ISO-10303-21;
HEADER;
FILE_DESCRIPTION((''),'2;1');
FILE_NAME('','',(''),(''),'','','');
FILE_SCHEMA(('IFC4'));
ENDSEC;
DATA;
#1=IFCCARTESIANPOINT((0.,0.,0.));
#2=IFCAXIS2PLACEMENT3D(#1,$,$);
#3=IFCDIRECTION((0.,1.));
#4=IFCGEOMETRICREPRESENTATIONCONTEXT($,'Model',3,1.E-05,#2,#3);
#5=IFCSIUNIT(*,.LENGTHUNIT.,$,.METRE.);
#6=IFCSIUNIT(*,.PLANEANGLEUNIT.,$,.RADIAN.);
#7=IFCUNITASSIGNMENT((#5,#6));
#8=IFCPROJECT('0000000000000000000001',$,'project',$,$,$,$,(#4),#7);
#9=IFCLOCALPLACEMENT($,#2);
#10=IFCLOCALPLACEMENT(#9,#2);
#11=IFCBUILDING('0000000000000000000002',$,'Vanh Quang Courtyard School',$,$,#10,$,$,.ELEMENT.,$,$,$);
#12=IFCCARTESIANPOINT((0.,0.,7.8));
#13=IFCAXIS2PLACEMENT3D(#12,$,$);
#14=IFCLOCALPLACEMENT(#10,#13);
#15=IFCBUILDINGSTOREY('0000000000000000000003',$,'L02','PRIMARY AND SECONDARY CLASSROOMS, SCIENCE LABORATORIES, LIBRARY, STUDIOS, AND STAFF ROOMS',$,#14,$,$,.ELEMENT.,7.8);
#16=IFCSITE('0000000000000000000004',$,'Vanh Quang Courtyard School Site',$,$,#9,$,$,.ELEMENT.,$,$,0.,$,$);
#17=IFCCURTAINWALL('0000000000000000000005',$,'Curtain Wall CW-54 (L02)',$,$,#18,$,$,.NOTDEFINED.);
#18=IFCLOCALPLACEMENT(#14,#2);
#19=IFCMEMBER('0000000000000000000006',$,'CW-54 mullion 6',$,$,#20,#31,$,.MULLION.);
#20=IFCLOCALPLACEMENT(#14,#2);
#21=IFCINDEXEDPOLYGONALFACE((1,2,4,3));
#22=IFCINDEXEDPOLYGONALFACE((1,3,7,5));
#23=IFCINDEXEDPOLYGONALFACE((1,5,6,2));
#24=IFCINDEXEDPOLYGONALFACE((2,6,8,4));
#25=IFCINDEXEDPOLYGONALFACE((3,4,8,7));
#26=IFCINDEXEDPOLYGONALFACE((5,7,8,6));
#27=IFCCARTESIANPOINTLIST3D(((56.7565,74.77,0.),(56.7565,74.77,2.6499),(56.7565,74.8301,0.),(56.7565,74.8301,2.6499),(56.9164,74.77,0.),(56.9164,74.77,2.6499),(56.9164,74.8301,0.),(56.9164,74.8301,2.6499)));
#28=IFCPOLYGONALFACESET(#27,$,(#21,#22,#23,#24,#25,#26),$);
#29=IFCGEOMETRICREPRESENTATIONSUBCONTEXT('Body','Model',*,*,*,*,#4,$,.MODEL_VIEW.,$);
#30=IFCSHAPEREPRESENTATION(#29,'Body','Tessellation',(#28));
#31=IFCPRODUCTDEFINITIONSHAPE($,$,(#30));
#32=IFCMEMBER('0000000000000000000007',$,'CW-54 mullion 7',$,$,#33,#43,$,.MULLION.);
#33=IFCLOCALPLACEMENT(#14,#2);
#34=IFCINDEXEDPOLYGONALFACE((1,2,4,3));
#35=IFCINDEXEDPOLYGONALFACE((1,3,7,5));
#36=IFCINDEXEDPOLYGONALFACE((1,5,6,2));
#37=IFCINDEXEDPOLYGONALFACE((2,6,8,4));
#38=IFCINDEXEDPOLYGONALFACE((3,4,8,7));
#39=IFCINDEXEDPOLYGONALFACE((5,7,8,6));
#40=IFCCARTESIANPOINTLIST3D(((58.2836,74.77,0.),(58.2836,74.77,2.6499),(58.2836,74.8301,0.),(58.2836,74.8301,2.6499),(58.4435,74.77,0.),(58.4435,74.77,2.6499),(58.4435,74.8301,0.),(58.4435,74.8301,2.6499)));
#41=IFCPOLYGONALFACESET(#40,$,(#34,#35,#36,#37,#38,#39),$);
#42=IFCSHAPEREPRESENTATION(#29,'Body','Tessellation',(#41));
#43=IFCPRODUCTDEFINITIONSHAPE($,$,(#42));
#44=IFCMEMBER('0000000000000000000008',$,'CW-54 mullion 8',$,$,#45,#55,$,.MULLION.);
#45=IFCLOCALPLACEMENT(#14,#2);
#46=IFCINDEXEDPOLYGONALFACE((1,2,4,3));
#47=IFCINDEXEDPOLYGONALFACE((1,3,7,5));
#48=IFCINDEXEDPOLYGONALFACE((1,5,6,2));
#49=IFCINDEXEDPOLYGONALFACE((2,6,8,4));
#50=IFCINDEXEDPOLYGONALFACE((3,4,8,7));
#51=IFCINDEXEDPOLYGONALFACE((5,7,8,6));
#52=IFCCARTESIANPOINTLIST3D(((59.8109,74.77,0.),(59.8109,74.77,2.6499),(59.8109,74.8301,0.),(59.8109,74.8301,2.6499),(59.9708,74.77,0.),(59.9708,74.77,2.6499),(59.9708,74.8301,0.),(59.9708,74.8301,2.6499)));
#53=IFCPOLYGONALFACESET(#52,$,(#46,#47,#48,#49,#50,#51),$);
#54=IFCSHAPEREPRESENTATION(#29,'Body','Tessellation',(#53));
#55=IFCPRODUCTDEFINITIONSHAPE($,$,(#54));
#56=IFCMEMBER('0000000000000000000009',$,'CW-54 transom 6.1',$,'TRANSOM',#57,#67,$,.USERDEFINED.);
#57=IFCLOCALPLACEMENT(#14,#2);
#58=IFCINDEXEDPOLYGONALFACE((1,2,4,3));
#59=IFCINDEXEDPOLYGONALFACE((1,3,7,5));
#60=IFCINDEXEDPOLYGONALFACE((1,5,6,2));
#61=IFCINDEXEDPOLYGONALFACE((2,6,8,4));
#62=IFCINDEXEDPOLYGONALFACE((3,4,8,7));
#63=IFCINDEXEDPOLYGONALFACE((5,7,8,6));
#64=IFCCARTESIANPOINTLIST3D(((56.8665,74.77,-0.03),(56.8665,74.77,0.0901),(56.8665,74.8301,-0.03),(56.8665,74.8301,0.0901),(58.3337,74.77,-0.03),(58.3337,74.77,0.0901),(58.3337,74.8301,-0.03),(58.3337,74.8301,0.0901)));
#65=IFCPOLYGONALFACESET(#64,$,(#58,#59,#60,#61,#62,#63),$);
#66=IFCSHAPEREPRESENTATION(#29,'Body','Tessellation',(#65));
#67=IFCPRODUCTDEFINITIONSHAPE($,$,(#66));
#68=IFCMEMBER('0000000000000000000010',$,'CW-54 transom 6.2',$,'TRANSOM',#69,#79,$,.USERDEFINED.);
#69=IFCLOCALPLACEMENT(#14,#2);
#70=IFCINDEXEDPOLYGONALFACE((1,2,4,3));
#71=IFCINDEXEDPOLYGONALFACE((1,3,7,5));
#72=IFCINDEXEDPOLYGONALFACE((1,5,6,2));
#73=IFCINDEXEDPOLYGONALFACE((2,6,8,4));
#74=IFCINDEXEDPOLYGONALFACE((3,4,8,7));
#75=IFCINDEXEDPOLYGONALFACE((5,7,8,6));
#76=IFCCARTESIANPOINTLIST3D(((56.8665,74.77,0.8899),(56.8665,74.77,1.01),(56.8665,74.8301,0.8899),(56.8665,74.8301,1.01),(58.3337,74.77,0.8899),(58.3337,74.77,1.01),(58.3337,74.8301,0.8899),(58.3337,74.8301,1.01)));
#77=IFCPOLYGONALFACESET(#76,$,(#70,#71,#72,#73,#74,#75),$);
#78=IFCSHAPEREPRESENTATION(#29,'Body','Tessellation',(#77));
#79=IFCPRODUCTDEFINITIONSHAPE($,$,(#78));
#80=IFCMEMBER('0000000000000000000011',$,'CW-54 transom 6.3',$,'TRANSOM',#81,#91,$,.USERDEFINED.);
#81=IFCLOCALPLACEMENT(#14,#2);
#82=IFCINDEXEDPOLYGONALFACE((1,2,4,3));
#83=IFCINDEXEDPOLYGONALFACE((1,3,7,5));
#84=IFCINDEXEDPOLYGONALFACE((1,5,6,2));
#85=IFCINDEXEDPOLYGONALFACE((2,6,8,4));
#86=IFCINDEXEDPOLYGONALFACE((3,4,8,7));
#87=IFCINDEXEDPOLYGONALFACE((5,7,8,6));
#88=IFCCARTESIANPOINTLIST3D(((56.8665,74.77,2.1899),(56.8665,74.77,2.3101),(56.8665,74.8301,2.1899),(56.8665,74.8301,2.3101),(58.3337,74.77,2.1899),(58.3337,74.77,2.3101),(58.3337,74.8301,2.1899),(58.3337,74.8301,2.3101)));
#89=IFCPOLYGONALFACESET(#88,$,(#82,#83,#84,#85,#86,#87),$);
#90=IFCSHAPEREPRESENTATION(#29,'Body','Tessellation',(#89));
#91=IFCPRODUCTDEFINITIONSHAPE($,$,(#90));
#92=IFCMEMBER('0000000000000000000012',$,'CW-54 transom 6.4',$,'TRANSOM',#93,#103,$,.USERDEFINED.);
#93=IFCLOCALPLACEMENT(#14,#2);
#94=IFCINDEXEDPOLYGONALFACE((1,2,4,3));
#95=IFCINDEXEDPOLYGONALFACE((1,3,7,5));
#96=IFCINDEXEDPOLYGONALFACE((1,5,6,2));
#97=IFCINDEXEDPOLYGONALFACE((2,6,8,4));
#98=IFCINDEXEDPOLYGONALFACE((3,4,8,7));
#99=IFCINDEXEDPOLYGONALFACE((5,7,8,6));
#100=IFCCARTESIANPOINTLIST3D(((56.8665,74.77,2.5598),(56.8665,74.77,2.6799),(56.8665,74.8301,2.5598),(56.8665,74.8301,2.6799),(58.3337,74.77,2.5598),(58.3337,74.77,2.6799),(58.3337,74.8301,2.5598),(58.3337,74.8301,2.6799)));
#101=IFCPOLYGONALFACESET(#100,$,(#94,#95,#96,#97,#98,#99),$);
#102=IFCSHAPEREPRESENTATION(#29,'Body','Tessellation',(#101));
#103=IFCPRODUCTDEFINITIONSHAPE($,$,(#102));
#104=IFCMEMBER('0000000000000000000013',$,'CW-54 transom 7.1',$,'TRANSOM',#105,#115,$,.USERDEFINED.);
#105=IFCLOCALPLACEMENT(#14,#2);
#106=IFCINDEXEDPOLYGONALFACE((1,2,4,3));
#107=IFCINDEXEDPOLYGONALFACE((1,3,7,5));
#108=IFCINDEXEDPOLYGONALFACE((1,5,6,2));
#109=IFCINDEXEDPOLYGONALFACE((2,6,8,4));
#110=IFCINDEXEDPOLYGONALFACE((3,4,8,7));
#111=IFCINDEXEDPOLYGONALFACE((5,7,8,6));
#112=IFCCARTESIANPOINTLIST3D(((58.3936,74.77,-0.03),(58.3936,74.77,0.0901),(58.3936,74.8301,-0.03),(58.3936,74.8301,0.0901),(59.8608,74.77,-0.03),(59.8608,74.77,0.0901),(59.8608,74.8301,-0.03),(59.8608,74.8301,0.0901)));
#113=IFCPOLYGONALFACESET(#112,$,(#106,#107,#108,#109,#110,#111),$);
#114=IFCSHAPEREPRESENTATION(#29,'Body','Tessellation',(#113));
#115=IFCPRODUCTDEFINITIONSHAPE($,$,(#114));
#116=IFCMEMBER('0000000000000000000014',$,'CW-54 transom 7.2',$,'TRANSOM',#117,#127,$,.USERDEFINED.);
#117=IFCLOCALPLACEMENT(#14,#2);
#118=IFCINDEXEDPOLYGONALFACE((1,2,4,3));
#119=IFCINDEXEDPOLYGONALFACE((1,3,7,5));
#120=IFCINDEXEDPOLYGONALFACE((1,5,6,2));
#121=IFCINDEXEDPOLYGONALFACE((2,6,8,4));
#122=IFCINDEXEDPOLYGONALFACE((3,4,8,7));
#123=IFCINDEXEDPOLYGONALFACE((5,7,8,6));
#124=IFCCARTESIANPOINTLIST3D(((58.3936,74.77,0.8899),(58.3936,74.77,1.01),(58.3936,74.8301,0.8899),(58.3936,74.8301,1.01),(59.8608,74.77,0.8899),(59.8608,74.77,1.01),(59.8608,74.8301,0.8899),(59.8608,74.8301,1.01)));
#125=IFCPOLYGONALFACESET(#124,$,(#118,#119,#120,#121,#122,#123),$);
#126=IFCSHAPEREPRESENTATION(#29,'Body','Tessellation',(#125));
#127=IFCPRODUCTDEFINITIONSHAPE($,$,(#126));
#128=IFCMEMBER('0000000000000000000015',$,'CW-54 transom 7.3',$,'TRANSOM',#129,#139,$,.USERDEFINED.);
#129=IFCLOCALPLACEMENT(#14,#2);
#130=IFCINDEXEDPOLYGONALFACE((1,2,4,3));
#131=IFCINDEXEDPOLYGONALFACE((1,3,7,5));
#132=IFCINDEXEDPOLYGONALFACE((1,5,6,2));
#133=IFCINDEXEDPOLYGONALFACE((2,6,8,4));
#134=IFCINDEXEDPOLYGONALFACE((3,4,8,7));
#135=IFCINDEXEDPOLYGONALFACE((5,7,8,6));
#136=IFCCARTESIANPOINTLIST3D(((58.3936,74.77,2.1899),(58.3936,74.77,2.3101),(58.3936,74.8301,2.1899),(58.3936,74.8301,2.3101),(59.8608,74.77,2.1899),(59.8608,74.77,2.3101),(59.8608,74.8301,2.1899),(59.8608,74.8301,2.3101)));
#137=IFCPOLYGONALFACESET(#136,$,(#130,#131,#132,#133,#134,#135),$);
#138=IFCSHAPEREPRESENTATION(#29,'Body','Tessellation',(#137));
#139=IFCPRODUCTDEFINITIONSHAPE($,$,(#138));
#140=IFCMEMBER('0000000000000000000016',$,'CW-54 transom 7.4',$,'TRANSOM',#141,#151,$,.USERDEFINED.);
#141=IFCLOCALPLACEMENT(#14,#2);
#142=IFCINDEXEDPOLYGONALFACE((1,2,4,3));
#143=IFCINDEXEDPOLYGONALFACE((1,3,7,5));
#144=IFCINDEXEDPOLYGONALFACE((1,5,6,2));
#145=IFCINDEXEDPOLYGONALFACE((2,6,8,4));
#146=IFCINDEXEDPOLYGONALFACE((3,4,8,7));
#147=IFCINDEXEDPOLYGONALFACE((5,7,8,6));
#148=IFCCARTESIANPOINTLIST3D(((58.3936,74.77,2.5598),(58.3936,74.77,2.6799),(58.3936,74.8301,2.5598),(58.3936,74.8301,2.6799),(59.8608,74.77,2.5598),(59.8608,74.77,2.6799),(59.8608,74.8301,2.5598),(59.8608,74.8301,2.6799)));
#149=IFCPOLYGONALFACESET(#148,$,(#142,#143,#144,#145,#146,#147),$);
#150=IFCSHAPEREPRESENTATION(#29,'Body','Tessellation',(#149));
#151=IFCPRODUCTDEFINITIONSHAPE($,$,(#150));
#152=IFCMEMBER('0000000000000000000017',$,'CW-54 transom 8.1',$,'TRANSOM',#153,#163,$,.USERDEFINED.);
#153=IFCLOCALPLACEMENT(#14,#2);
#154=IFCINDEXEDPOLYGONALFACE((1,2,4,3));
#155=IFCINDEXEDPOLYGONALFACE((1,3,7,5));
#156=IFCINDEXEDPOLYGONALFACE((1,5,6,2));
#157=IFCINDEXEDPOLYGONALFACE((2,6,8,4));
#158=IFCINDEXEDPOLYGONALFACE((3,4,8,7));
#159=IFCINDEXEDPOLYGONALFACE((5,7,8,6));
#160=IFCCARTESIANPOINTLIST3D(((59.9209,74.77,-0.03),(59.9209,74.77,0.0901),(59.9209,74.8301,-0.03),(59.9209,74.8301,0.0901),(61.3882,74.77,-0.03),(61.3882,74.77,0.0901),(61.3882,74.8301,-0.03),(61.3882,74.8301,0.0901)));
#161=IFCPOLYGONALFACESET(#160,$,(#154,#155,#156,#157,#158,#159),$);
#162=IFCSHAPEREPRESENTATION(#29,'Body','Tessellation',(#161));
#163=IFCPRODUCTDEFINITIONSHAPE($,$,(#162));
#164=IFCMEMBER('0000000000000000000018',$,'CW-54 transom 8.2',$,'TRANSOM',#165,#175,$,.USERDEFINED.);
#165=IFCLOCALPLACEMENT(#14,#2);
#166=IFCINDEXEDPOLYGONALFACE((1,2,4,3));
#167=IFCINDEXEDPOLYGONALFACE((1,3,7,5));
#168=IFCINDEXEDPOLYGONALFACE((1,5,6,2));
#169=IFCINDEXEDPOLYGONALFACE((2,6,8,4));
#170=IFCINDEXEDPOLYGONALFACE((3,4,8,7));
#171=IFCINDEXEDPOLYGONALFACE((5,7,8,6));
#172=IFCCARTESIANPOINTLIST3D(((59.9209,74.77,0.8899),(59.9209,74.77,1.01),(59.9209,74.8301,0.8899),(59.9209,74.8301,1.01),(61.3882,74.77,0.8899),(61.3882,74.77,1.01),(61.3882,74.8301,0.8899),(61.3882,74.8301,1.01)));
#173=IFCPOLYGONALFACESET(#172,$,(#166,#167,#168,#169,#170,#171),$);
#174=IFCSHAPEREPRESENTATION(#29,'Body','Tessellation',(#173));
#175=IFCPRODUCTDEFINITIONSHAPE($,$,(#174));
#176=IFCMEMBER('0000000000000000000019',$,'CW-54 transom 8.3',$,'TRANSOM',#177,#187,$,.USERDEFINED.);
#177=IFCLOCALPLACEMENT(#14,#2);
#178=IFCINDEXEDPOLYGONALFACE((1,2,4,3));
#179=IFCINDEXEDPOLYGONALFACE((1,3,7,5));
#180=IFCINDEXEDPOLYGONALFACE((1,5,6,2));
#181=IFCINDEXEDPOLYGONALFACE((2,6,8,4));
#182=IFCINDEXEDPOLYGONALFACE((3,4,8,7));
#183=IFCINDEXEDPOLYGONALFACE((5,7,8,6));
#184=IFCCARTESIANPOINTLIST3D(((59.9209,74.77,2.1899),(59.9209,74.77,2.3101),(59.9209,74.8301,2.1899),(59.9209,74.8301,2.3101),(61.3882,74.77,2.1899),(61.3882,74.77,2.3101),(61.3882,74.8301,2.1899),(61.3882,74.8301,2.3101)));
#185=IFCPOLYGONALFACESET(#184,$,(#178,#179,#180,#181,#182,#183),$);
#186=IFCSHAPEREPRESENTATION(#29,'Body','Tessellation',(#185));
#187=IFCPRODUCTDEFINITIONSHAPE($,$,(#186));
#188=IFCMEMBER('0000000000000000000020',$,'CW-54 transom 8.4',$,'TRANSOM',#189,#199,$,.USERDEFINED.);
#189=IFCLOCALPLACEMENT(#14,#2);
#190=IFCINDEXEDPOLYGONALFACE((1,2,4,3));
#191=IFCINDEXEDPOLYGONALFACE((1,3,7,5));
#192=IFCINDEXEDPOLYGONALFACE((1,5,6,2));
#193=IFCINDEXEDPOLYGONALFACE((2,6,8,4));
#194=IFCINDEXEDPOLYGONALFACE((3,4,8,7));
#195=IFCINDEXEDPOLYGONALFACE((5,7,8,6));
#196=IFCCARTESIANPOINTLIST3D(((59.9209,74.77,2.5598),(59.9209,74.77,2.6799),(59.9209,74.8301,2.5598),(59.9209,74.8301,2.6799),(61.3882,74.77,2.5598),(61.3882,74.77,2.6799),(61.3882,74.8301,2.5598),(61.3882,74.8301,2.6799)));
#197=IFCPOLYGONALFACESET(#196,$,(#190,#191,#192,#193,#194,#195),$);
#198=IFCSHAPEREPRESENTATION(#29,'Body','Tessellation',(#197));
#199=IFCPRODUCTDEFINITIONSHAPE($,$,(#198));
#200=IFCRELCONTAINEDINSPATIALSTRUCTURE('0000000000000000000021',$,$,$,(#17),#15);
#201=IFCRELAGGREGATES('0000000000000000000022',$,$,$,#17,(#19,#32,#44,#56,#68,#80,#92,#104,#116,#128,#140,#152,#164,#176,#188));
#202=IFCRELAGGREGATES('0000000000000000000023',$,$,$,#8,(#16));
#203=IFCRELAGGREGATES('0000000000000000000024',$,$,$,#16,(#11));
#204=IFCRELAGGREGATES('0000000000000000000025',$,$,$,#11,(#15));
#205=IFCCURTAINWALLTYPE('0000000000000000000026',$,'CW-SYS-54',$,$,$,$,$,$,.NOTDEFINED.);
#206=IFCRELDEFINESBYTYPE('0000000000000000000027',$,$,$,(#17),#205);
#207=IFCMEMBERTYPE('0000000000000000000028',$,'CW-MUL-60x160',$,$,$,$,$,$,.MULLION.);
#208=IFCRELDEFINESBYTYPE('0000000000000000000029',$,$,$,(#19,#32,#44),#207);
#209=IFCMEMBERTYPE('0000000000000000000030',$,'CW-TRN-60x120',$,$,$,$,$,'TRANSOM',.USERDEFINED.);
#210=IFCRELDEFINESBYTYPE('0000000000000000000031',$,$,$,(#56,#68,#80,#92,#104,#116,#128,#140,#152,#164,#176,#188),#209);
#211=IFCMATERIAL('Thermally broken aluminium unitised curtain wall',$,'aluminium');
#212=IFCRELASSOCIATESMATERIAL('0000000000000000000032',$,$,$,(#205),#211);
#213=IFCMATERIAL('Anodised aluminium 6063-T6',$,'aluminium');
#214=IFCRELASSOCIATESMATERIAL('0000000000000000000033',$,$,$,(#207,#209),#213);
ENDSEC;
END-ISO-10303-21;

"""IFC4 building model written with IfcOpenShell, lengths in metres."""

from ifc_helpers import new_model, si_unit, direction, frame, origin, origin_2d, place, context, subcontext, project, spatial, rectangle, extrude, material, material_profile, profile_set, type_object, element, aggregate, save


model = new_model("IFC4")

# Units and contexts
model_context = context("Model", 3, precision=1e-05, world=origin(), true_north=direction((0.0, 1.0)))
body_context = subcontext(model_context, "Body", "Model", "MODEL_VIEW")
ifc_project = project(units=[si_unit("LENGTHUNIT", "METRE"), si_unit("PLANEANGLEUNIT", "RADIAN")], contexts=[model_context])

# Site, building, storey
site_placement = place(None, origin())
site = spatial("IfcSite", under=ifc_project, at=site_placement, Name="Vanh Quang Courtyard School Site", CompositionType="ELEMENT", RefElevation=0.0)
building_placement = place(site_placement, origin())
building = spatial("IfcBuilding", under=site, at=building_placement, Name="Vanh Quang Courtyard School", CompositionType="ELEMENT")
storey_placement = place(building_placement, frame((0.0, 0.0, 7.8)))
storey = spatial("IfcBuildingStorey", under=building, at=storey_placement, Name="L02", Description="PRIMARY AND SECONDARY CLASSROOMS, SCIENCE LABORATORIES, LIBRARY, STUDIOS, AND STAFF ROOMS", CompositionType="ELEMENT", Elevation=7.8)

# Curtain wall, members
ifc_material_1 = material(Name="Thermally broken aluminium unitised curtain wall", Category="aluminium")
curtain_wall_type = type_object("IfcCurtainWallType", Name="CW-SYS-54", PredefinedType="NOTDEFINED", material=ifc_material_1)
curtain_wall_placement = place(storey_placement, origin())
curtain_wall = element("IfcCurtainWall", 1, at=curtain_wall_placement, inside=storey, type_object=curtain_wall_type, Name="Curtain Wall CW-54 (L02)", PredefinedType="NOTDEFINED")
ifc_material_2 = material(Name="Anodised aluminium 6063-T6", Category="aluminium")
ifc_material_profile_1 = material_profile(ifc_material_2, rectangle(XDim=0.0601, YDim=0.1599, at=origin_2d()), Name="ALU-MUL 60x160")
ifc_profile_set_1 = profile_set([ifc_material_profile_1], Name="Anodised aluminium 6063-T6")
member_type_1 = type_object("IfcMemberType", Name="CW-MUL-60x160", PredefinedType="MULLION", material=ifc_profile_set_1)
member_1_placement = place(storey_placement, frame((56.8364, 74.8, 0.0), z_axis=(0.0, 0.0, 1.0), x_axis=(0.0, 1.0, 0.0)))
member_1 = element("IfcMember", 2, at=member_1_placement, type_object=member_type_1, Name="CW-54 mullion 6", PredefinedType="MULLION", context=body_context, shape_type="SweptSolid", body=[
    extrude(rectangle(XDim=0.0601, YDim=0.1599, at=origin_2d()), origin(), (0.0, 0.0, 1.0), 2.6499),
])
member_2_placement = place(storey_placement, frame((58.3635, 74.8, 0.0), z_axis=(0.0, 0.0, 1.0), x_axis=(0.0, 1.0, 0.0)))
member_2 = element("IfcMember", 3, at=member_2_placement, type_object=member_type_1, Name="CW-54 mullion 7", PredefinedType="MULLION", context=body_context, shape_type="SweptSolid", body=[
    extrude(rectangle(XDim=0.0601, YDim=0.1599, at=origin_2d()), origin(), (0.0, 0.0, 1.0), 2.6499),
])
member_3_placement = place(storey_placement, frame((59.8909, 74.8, 0.0), z_axis=(0.0, 0.0, 1.0), x_axis=(0.0, 1.0, 0.0)))
member_3 = element("IfcMember", 4, at=member_3_placement, type_object=member_type_1, Name="CW-54 mullion 8", PredefinedType="MULLION", context=body_context, shape_type="SweptSolid", body=[
    extrude(rectangle(XDim=0.0601, YDim=0.1599, at=origin_2d()), origin(), (0.0, 0.0, 1.0), 2.6499),
])
ifc_material_profile_2 = material_profile(ifc_material_2, rectangle(XDim=0.0601, YDim=0.1201, at=origin_2d()), Name="ALU-TRN 60x120")
ifc_profile_set_2 = profile_set([ifc_material_profile_2], Name="Anodised aluminium 6063-T6")
member_type_2 = type_object("IfcMemberType", Name="CW-TRN-60x120", ElementType="TRANSOM", PredefinedType="USERDEFINED", material=ifc_profile_set_2)
member_4_placement = place(storey_placement, frame((56.8665, 74.8, 0.03), z_axis=(1.0, 0.0, 0.0), x_axis=(0.0, 1.0, 0.0)))
member_4 = element("IfcMember", 5, at=member_4_placement, type_object=member_type_2, Name="CW-54 transom 6.1", ObjectType="TRANSOM", PredefinedType="USERDEFINED", context=body_context, shape_type="SweptSolid", body=[
    extrude(rectangle(XDim=0.0601, YDim=0.1201, at=origin_2d()), origin(), (0.0, 0.0, 1.0), 1.4673),
])
member_5_placement = place(storey_placement, frame((56.8665, 74.8, 0.95), z_axis=(1.0, 0.0, 0.0), x_axis=(0.0, 1.0, 0.0)))
member_5 = element("IfcMember", 6, at=member_5_placement, type_object=member_type_2, Name="CW-54 transom 6.2", ObjectType="TRANSOM", PredefinedType="USERDEFINED", context=body_context, shape_type="SweptSolid", body=[
    extrude(rectangle(XDim=0.0601, YDim=0.1201, at=origin_2d()), origin(), (0.0, 0.0, 1.0), 1.4673),
])
member_6_placement = place(storey_placement, frame((56.8665, 74.8, 2.25), z_axis=(1.0, 0.0, 0.0), x_axis=(0.0, 1.0, 0.0)))
member_6 = element("IfcMember", 7, at=member_6_placement, type_object=member_type_2, Name="CW-54 transom 6.3", ObjectType="TRANSOM", PredefinedType="USERDEFINED", context=body_context, shape_type="SweptSolid", body=[
    extrude(rectangle(XDim=0.0601, YDim=0.1201, at=origin_2d()), origin(), (0.0, 0.0, 1.0), 1.4673),
])
member_7_placement = place(storey_placement, frame((56.8665, 74.8, 2.6199), z_axis=(1.0, 0.0, 0.0), x_axis=(0.0, 1.0, 0.0)))
member_7 = element("IfcMember", 8, at=member_7_placement, type_object=member_type_2, Name="CW-54 transom 6.4", ObjectType="TRANSOM", PredefinedType="USERDEFINED", context=body_context, shape_type="SweptSolid", body=[
    extrude(rectangle(XDim=0.0601, YDim=0.1201, at=origin_2d()), origin(), (0.0, 0.0, 1.0), 1.4673),
])
member_8_placement = place(storey_placement, frame((58.3936, 74.8, 0.03), z_axis=(1.0, 0.0, 0.0), x_axis=(0.0, 1.0, 0.0)))
member_8 = element("IfcMember", 9, at=member_8_placement, type_object=member_type_2, Name="CW-54 transom 7.1", ObjectType="TRANSOM", PredefinedType="USERDEFINED", context=body_context, shape_type="SweptSolid", body=[
    extrude(rectangle(XDim=0.0601, YDim=0.1201, at=origin_2d()), origin(), (0.0, 0.0, 1.0), 1.4673),
])
member_9_placement = place(storey_placement, frame((58.3936, 74.8, 0.95), z_axis=(1.0, 0.0, 0.0), x_axis=(0.0, 1.0, 0.0)))
member_9 = element("IfcMember", 10, at=member_9_placement, type_object=member_type_2, Name="CW-54 transom 7.2", ObjectType="TRANSOM", PredefinedType="USERDEFINED", context=body_context, shape_type="SweptSolid", body=[
    extrude(rectangle(XDim=0.0601, YDim=0.1201, at=origin_2d()), origin(), (0.0, 0.0, 1.0), 1.4673),
])
member_10_placement = place(storey_placement, frame((58.3936, 74.8, 2.25), z_axis=(1.0, 0.0, 0.0), x_axis=(0.0, 1.0, 0.0)))
member_10 = element("IfcMember", 11, at=member_10_placement, type_object=member_type_2, Name="CW-54 transom 7.3", ObjectType="TRANSOM", PredefinedType="USERDEFINED", context=body_context, shape_type="SweptSolid", body=[
    extrude(rectangle(XDim=0.0601, YDim=0.1201, at=origin_2d()), origin(), (0.0, 0.0, 1.0), 1.4673),
])
member_11_placement = place(storey_placement, frame((58.3936, 74.8, 2.6199), z_axis=(1.0, 0.0, 0.0), x_axis=(0.0, 1.0, 0.0)))
member_11 = element("IfcMember", 12, at=member_11_placement, type_object=member_type_2, Name="CW-54 transom 7.4", ObjectType="TRANSOM", PredefinedType="USERDEFINED", context=body_context, shape_type="SweptSolid", body=[
    extrude(rectangle(XDim=0.0601, YDim=0.1201, at=origin_2d()), origin(), (0.0, 0.0, 1.0), 1.4673),
])
member_12_placement = place(storey_placement, frame((59.9209, 74.8, 0.03), z_axis=(1.0, 0.0, 0.0), x_axis=(0.0, 1.0, 0.0)))
member_12 = element("IfcMember", 13, at=member_12_placement, type_object=member_type_2, Name="CW-54 transom 8.1", ObjectType="TRANSOM", PredefinedType="USERDEFINED", context=body_context, shape_type="SweptSolid", body=[
    extrude(rectangle(XDim=0.0601, YDim=0.1201, at=origin_2d()), origin(), (0.0, 0.0, 1.0), 1.4673),
])
member_13_placement = place(storey_placement, frame((59.9209, 74.8, 0.95), z_axis=(1.0, 0.0, 0.0), x_axis=(0.0, 1.0, 0.0)))
member_13 = element("IfcMember", 14, at=member_13_placement, type_object=member_type_2, Name="CW-54 transom 8.2", ObjectType="TRANSOM", PredefinedType="USERDEFINED", context=body_context, shape_type="SweptSolid", body=[
    extrude(rectangle(XDim=0.0601, YDim=0.1201, at=origin_2d()), origin(), (0.0, 0.0, 1.0), 1.4673),
])
member_14_placement = place(storey_placement, frame((59.9209, 74.8, 2.25), z_axis=(1.0, 0.0, 0.0), x_axis=(0.0, 1.0, 0.0)))
member_14 = element("IfcMember", 15, at=member_14_placement, type_object=member_type_2, Name="CW-54 transom 8.3", ObjectType="TRANSOM", PredefinedType="USERDEFINED", context=body_context, shape_type="SweptSolid", body=[
    extrude(rectangle(XDim=0.0601, YDim=0.1201, at=origin_2d()), origin(), (0.0, 0.0, 1.0), 1.4673),
])
member_15_placement = place(storey_placement, frame((59.9209, 74.8, 2.6199), z_axis=(1.0, 0.0, 0.0), x_axis=(0.0, 1.0, 0.0)))
member_15 = element("IfcMember", 16, at=member_15_placement, type_object=member_type_2, Name="CW-54 transom 8.4", ObjectType="TRANSOM", PredefinedType="USERDEFINED", context=body_context, shape_type="SweptSolid", body=[
    extrude(rectangle(XDim=0.0601, YDim=0.1201, at=origin_2d()), origin(), (0.0, 0.0, 1.0), 1.4673),
])
aggregate(curtain_wall, [member_1, member_2, member_3, member_4, member_5, member_6, member_7, member_8, member_9, member_10, member_11, member_12, member_13, member_14, member_15])

save(model, "model.ifc")
